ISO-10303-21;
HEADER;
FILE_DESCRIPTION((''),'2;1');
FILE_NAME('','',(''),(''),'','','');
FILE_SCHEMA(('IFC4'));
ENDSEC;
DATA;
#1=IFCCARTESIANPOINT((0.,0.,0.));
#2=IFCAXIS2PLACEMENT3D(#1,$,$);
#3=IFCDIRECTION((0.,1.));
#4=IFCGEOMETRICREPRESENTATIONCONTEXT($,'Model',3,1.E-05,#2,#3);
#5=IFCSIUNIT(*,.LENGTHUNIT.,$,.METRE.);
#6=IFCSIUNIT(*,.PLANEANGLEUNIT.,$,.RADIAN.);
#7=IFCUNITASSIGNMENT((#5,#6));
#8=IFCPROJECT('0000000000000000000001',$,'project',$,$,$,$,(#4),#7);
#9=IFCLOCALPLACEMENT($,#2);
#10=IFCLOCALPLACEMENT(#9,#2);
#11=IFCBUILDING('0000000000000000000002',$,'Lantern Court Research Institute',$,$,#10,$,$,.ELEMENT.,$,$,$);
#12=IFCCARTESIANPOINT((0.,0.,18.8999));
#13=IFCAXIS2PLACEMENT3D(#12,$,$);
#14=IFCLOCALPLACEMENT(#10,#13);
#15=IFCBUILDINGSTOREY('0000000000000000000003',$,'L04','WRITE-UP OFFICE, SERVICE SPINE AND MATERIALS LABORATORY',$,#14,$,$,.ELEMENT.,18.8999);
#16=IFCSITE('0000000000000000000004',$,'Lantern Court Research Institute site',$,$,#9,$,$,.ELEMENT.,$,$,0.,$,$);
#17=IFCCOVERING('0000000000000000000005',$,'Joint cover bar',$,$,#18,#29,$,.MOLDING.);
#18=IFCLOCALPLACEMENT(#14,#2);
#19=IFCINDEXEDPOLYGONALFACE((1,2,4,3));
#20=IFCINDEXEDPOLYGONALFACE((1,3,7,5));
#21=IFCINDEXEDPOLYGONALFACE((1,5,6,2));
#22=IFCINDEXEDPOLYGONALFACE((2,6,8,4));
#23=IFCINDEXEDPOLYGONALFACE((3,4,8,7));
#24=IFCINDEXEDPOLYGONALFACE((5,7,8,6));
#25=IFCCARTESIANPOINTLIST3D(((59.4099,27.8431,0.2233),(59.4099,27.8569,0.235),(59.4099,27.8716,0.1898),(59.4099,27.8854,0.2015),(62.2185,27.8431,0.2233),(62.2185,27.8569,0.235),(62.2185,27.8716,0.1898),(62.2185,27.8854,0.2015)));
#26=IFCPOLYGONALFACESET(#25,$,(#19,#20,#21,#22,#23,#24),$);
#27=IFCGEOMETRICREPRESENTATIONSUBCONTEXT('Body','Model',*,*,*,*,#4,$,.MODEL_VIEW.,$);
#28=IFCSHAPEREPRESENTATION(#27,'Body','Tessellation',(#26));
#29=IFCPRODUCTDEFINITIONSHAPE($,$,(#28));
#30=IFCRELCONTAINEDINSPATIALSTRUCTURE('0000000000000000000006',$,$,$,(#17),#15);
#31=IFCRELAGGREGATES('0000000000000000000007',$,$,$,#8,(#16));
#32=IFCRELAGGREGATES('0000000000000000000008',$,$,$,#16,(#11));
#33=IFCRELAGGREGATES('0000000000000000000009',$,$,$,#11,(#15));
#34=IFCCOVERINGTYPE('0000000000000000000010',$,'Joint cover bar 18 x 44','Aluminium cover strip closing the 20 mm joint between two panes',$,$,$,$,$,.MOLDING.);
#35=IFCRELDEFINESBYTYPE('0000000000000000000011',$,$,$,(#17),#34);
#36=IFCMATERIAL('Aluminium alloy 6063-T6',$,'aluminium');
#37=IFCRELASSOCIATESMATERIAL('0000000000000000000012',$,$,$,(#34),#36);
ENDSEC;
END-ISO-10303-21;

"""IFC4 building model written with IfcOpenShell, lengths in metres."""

from ifc_helpers import new_model, si_unit, direction, frame, origin, origin_2d, place, context, subcontext, project, spatial, rectangle, extrude, material, material_profile, profile_set, type_object, element, save


model = new_model("IFC4")

# Units and contexts
model_context = context("Model", 3, precision=1e-05, world=origin(), true_north=direction((0.0, 1.0)))
body_context = subcontext(model_context, "Body", "Model", "MODEL_VIEW")
ifc_project = project(units=[si_unit("LENGTHUNIT", "METRE"), si_unit("PLANEANGLEUNIT", "RADIAN")], contexts=[model_context])

# Site, building, storey
site_placement = place(None, origin())
site = spatial("IfcSite", under=ifc_project, at=site_placement, Name="Lantern Court Research Institute site", CompositionType="ELEMENT", RefElevation=0.0)
building_placement = place(site_placement, origin())
building = spatial("IfcBuilding", under=site, at=building_placement, Name="Lantern Court Research Institute", CompositionType="ELEMENT")
storey_placement = place(building_placement, frame((0.0, 0.0, 18.8999)))
storey = spatial("IfcBuildingStorey", under=building, at=storey_placement, Name="L04", Description="WRITE-UP OFFICE, SERVICE SPINE AND MATERIALS LABORATORY", CompositionType="ELEMENT", Elevation=18.8999)

# Covering
ifc_material_1 = material(Name="Aluminium alloy 6063-T6", Category="aluminium")
ifc_material_profile_1 = material_profile(ifc_material_1, rectangle(XDim=0.0181, YDim=0.0439, at=origin_2d()), Name="Joint cover bar 18 x 44")
ifc_profile_set_1 = profile_set([ifc_material_profile_1], Name="Aluminium alloy 6063-T6")
covering_type_1 = type_object("IfcCoveringType", Name="Joint cover bar 18 x 44", Description="Aluminium cover strip closing the 20 mm joint between two panes", PredefinedType="MOLDING", material=ifc_profile_set_1)
covering_1_placement = place(storey_placement, frame((59.4099, 27.8643, 0.2124), z_axis=(1.0, 0.0, 0.0), x_axis=(0.0, 0.761673, 0.647962)))
element("IfcCovering", 1, at=covering_1_placement, inside=storey, type_object=covering_type_1, Name="Joint cover bar", PredefinedType="MOLDING", context=body_context, shape_type="SweptSolid", body=[
    extrude(rectangle(XDim=0.0181, YDim=0.0439, at=origin_2d()), origin(), (0.0, 0.0, 1.0), 2.8086),
])

save(model, "model.ifc")
